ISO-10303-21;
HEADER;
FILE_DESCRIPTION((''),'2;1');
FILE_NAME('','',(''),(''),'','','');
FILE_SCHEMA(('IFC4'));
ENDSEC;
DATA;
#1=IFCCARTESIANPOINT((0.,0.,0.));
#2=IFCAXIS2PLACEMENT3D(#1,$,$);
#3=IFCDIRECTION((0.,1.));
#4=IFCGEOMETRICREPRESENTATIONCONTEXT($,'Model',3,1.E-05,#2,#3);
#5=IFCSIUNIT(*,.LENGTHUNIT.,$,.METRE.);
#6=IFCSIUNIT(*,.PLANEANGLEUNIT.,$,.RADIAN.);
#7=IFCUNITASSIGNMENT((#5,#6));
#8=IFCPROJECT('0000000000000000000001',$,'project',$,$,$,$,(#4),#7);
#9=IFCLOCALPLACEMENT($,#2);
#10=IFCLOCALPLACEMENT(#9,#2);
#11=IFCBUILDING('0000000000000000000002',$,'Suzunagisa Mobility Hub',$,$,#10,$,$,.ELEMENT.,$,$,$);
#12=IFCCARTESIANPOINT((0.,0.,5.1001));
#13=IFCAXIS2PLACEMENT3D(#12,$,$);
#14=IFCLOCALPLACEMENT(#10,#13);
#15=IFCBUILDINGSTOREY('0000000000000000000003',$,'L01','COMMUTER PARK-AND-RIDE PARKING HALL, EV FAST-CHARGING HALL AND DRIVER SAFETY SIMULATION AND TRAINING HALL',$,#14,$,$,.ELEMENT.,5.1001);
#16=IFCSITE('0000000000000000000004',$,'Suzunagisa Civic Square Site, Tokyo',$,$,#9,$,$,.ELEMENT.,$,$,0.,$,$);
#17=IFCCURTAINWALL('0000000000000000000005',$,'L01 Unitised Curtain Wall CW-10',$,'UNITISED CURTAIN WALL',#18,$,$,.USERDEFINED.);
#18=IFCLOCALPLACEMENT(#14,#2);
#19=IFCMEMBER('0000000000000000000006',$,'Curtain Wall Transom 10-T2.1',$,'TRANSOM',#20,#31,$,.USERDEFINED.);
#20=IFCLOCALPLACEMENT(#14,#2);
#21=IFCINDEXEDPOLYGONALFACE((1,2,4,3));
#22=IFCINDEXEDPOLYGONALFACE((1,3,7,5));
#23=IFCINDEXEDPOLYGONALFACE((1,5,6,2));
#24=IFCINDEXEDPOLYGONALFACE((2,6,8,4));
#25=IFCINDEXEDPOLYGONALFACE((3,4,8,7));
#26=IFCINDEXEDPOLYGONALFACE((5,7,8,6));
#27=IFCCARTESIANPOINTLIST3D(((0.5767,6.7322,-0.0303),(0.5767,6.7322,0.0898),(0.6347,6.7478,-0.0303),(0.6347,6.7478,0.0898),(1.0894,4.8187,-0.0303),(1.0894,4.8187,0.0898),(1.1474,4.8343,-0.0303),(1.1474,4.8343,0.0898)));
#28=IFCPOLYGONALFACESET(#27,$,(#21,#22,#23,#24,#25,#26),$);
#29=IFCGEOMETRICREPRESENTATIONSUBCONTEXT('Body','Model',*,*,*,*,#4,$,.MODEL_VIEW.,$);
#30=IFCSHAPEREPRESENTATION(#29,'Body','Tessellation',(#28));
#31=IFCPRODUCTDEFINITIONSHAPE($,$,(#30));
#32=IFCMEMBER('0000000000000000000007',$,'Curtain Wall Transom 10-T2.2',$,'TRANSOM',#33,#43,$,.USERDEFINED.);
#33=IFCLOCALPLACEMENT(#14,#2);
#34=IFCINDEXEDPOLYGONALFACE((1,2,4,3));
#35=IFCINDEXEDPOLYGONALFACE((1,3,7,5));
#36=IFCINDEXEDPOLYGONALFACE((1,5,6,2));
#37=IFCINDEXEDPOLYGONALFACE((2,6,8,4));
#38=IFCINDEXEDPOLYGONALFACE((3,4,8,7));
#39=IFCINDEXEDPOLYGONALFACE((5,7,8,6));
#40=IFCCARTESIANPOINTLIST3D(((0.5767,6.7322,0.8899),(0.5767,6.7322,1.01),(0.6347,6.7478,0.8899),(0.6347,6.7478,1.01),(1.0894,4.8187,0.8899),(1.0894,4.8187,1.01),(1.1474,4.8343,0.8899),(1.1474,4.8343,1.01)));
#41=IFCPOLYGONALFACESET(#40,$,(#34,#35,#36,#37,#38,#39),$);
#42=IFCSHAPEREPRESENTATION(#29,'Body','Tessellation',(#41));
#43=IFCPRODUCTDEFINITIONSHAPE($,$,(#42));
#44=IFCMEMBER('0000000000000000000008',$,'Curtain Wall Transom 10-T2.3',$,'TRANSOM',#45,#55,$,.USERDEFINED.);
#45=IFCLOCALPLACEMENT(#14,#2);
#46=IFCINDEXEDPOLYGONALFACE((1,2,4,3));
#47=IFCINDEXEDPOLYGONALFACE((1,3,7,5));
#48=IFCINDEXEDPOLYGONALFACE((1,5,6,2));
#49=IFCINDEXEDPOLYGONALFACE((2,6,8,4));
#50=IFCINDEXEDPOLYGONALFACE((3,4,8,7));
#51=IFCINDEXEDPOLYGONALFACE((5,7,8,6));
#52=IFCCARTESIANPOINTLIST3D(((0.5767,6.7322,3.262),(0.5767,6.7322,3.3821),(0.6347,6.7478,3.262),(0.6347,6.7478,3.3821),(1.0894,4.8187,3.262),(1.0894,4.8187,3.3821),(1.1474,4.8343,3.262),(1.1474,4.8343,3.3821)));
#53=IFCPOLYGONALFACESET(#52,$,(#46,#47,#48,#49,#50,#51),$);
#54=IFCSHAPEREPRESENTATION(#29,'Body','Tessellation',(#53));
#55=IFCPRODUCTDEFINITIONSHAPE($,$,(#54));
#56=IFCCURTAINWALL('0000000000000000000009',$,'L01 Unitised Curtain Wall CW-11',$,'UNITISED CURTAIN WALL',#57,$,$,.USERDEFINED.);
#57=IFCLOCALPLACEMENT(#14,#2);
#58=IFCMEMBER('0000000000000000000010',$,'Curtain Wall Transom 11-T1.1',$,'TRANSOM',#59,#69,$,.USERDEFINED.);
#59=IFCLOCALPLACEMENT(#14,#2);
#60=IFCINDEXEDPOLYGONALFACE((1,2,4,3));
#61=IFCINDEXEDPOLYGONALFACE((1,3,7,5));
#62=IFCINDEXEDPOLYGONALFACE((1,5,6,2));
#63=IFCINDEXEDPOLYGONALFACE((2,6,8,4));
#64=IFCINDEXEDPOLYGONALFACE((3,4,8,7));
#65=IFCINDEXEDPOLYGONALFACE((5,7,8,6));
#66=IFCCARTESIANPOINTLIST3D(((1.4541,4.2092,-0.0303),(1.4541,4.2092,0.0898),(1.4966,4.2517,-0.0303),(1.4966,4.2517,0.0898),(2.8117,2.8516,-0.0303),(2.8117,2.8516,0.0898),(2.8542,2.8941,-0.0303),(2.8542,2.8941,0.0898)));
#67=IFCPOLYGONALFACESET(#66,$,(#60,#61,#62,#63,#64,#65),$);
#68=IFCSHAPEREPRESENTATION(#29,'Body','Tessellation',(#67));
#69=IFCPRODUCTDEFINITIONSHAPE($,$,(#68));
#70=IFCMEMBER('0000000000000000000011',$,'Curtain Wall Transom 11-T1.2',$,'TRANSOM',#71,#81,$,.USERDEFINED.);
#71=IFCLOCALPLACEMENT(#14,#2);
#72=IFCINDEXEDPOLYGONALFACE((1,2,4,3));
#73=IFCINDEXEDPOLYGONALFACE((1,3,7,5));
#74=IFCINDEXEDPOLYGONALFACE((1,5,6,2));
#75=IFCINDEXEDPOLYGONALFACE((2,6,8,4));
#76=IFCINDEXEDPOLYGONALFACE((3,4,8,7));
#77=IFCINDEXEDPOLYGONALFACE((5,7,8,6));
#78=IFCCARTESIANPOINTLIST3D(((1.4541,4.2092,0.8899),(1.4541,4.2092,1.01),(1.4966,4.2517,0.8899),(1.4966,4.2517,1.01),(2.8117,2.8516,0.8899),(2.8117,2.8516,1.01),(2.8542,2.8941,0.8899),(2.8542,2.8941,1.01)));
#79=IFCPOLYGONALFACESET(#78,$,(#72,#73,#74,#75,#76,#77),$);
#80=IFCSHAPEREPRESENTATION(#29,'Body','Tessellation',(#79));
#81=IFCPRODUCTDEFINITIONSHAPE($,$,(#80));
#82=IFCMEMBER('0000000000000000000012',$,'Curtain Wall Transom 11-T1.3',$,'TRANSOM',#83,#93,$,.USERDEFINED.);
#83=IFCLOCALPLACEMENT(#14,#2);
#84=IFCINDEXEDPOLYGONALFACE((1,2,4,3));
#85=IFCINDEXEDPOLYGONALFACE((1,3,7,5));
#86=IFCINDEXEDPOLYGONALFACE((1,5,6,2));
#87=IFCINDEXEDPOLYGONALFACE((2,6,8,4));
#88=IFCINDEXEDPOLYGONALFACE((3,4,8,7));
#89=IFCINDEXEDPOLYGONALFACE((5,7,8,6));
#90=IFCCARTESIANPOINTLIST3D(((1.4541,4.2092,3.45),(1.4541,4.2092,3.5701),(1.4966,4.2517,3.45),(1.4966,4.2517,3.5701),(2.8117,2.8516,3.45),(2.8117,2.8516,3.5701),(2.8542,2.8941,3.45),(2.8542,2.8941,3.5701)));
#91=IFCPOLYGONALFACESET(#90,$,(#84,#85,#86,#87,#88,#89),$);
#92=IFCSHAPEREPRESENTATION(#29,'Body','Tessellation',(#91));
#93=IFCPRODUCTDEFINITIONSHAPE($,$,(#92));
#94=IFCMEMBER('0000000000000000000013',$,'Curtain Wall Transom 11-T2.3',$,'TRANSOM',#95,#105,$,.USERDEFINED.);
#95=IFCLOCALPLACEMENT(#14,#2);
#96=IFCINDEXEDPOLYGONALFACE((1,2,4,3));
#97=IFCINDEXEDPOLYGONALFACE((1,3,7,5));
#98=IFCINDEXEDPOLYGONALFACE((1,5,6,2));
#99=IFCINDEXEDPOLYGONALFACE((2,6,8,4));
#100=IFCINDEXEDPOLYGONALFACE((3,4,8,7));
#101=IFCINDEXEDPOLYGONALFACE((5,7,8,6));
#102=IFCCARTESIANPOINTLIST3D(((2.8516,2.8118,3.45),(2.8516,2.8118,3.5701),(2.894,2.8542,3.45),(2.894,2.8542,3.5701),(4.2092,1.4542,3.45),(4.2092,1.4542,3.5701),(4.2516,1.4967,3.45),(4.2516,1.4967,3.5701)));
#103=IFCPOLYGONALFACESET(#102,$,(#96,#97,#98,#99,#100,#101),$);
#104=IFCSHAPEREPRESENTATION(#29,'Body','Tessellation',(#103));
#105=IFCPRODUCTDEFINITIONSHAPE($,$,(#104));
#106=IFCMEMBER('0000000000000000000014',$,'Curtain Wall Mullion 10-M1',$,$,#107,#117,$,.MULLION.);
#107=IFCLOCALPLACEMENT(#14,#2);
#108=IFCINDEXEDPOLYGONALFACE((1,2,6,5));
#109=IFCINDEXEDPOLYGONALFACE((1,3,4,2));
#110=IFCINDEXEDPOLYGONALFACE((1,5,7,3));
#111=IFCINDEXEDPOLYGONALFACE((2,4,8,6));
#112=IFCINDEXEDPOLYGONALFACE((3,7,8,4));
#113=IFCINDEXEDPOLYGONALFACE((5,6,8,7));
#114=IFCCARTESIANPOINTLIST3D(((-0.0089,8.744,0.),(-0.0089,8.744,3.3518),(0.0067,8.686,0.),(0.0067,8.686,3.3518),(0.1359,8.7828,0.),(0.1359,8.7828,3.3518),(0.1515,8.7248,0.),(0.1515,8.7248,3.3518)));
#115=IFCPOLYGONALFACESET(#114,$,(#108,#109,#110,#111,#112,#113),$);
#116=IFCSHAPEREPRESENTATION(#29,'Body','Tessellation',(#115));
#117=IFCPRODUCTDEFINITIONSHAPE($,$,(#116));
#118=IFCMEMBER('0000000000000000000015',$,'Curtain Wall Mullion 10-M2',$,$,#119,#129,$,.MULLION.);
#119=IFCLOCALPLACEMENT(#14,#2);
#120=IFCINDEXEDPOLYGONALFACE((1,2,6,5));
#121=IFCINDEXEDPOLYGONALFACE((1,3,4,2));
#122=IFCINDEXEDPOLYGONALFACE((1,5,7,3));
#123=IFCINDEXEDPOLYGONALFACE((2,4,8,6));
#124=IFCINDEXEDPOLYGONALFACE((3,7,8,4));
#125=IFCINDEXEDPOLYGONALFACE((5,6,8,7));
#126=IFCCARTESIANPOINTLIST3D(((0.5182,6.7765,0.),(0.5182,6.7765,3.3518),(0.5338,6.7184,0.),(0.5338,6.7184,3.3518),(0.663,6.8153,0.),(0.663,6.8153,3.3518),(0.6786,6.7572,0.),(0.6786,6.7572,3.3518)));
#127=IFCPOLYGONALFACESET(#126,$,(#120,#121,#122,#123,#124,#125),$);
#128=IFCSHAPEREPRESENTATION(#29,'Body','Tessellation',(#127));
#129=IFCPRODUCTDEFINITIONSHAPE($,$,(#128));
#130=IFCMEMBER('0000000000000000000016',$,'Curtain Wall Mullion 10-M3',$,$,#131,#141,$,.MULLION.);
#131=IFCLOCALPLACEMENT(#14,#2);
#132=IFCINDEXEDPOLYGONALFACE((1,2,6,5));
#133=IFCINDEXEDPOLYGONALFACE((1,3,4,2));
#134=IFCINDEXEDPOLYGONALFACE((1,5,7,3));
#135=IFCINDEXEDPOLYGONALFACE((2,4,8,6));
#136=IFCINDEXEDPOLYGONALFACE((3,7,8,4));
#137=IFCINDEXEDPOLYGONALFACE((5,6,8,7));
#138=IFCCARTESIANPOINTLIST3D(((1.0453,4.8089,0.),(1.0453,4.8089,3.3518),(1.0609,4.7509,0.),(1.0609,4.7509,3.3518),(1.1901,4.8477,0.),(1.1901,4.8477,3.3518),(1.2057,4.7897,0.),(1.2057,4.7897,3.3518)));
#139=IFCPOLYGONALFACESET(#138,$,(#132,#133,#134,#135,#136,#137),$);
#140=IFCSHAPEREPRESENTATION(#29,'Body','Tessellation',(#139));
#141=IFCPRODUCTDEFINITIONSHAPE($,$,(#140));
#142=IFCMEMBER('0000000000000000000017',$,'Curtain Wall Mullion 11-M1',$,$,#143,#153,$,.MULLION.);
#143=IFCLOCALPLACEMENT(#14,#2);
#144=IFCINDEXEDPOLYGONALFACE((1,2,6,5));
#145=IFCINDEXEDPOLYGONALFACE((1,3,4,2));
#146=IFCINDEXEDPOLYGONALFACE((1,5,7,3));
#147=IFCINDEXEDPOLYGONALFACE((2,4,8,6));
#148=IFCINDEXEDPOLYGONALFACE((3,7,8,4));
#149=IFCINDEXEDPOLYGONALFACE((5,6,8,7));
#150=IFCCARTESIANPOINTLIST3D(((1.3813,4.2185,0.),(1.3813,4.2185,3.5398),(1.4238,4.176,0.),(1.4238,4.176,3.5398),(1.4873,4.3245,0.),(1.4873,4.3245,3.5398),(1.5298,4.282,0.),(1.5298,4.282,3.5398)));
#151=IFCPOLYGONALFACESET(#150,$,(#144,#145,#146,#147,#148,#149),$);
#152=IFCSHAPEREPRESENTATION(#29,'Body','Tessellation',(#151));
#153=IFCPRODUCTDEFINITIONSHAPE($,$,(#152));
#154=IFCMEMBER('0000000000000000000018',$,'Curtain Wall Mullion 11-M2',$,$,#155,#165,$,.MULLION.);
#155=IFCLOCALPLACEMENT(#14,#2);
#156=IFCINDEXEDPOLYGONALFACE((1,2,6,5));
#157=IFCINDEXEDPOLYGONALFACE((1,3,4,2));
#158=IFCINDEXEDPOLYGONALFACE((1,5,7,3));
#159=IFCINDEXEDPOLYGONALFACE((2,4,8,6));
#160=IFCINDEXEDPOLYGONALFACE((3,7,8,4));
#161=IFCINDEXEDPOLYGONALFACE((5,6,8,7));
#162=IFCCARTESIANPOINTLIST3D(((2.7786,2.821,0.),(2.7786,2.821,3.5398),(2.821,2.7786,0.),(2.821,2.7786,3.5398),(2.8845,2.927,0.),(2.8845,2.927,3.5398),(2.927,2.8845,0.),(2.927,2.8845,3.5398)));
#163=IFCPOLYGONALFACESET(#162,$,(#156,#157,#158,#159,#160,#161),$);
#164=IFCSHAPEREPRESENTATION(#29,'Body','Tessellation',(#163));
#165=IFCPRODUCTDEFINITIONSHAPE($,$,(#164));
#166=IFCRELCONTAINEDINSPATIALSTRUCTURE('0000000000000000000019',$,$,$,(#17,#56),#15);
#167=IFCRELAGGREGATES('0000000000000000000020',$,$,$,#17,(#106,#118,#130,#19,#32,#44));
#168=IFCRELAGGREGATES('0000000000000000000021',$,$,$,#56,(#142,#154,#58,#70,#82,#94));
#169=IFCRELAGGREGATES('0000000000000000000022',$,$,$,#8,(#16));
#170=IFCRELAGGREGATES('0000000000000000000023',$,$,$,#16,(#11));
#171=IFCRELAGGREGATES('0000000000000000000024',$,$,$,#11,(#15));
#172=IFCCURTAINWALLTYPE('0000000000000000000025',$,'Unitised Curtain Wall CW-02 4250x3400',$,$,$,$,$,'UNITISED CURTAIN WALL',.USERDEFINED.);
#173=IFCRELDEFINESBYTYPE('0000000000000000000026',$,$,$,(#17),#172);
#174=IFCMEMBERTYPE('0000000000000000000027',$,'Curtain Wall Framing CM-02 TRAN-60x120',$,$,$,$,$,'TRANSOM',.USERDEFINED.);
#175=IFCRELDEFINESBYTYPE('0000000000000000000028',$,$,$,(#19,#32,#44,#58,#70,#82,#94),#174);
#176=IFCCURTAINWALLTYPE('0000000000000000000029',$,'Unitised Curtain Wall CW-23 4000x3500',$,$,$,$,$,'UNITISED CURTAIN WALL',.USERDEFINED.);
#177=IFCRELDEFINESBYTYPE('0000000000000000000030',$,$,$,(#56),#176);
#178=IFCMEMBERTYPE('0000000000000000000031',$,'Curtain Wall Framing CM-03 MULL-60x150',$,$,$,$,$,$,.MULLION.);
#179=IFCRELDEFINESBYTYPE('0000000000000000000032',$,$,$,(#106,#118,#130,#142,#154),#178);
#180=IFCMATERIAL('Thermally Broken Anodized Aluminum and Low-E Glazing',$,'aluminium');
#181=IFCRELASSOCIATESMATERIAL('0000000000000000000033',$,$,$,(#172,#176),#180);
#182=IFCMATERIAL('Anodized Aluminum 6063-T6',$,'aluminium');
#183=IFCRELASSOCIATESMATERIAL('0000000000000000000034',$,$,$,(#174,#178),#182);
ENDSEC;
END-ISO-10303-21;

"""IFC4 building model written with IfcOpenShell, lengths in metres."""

from ifc_helpers import new_model, si_unit, direction, frame, origin, origin_2d, place, context, subcontext, project, spatial, rectangle, extrude, material, material_profile, profile_set, type_object, element, aggregate, save


model = new_model("IFC4")

# Units and contexts
model_context = context("Model", 3, precision=1e-05, world=origin(), true_north=direction((0.0, 1.0)))
body_context = subcontext(model_context, "Body", "Model", "MODEL_VIEW")
ifc_project = project(units=[si_unit("LENGTHUNIT", "METRE"), si_unit("PLANEANGLEUNIT", "RADIAN")], contexts=[model_context])

# Site, building, storey
site_placement = place(None, origin())
site = spatial("IfcSite", under=ifc_project, at=site_placement, Name="Suzunagisa Civic Square Site, Tokyo", CompositionType="ELEMENT", RefElevation=0.0)
building_placement = place(site_placement, origin())
building = spatial("IfcBuilding", under=site, at=building_placement, Name="Suzunagisa Mobility Hub", CompositionType="ELEMENT")
storey_placement = place(building_placement, frame((0.0, 0.0, 5.1001)))
storey = spatial("IfcBuildingStorey", under=building, at=storey_placement, Name="L01", Description="COMMUTER PARK-AND-RIDE PARKING HALL, EV FAST-CHARGING HALL AND DRIVER SAFETY SIMULATION AND TRAINING HALL", CompositionType="ELEMENT", Elevation=5.1001)

# Curtain walls, members
ifc_material_1 = material(Name="Thermally Broken Anodized Aluminum and Low-E Glazing", Category="aluminium")
curtain_wall_type_1 = type_object("IfcCurtainWallType", Name="Unitised Curtain Wall CW-02 4250x3400", ElementType="UNITISED CURTAIN WALL", PredefinedType="USERDEFINED", material=ifc_material_1)
curtain_wall_1_placement = place(storey_placement, origin())
curtain_wall_1 = element("IfcCurtainWall", 1, at=curtain_wall_1_placement, inside=storey, type_object=curtain_wall_type_1, Name="L01 Unitised Curtain Wall CW-10", ObjectType="UNITISED CURTAIN WALL", PredefinedType="USERDEFINED")
ifc_material_2 = material(Name="Anodized Aluminum 6063-T6", Category="aluminium")
ifc_material_profile_1 = material_profile(ifc_material_2, rectangle(XDim=0.0601, YDim=0.1201, at=origin_2d()), Name="TRAN-60x120")
ifc_profile_set_1 = profile_set([ifc_material_profile_1], Name="Anodized Aluminum 6063-T6")
member_type_1 = type_object("IfcMemberType", Name="Curtain Wall Framing CM-02 TRAN-60x120", ElementType="TRANSOM", PredefinedType="USERDEFINED", material=ifc_profile_set_1)
member_1_placement = place(storey_placement, frame((0.6057, 6.74, 0.0298), z_axis=(0.258798, -0.965932, 0.0), x_axis=(0.965932, 0.258798, 0.0)))
member_1 = element("IfcMember", 2, at=member_1_placement, type_object=member_type_1, Name="Curtain Wall Transom 10-T2.1", ObjectType="TRANSOM", PredefinedType="USERDEFINED", context=body_context, shape_type="SweptSolid", body=[
    extrude(rectangle(XDim=0.0601, YDim=0.1201, at=origin_2d()), origin(), (0.0, 0.0, 1.0), 1.981),
])
member_2_placement = place(storey_placement, frame((0.6057, 6.74, 0.95), z_axis=(0.258798, -0.965932, 0.0), x_axis=(0.965932, 0.258798, 0.0)))
member_2 = element("IfcMember", 3, at=member_2_placement, type_object=member_type_1, Name="Curtain Wall Transom 10-T2.2", ObjectType="TRANSOM", PredefinedType="USERDEFINED", context=body_context, shape_type="SweptSolid", body=[
    extrude(rectangle(XDim=0.0601, YDim=0.1201, at=origin_2d()), origin(), (0.0, 0.0, 1.0), 1.981),
])
member_3_placement = place(storey_placement, frame((0.6057, 6.74, 3.322), z_axis=(0.258798, -0.965932, 0.0), x_axis=(0.965932, 0.258798, 0.0)))
member_3 = element("IfcMember", 4, at=member_3_placement, type_object=member_type_1, Name="Curtain Wall Transom 10-T2.3", ObjectType="TRANSOM", PredefinedType="USERDEFINED", context=body_context, shape_type="SweptSolid", body=[
    extrude(rectangle(XDim=0.0601, YDim=0.1201, at=origin_2d()), origin(), (0.0, 0.0, 1.0), 1.981),
])
curtain_wall_type_2 = type_object("IfcCurtainWallType", Name="Unitised Curtain Wall CW-23 4000x3500", ElementType="UNITISED CURTAIN WALL", PredefinedType="USERDEFINED", material=ifc_material_1)
curtain_wall_2_placement = place(storey_placement, origin())
curtain_wall_2 = element("IfcCurtainWall", 5, at=curtain_wall_2_placement, inside=storey, type_object=curtain_wall_type_2, Name="L01 Unitised Curtain Wall CW-11", ObjectType="UNITISED CURTAIN WALL", PredefinedType="USERDEFINED")
member_4_placement = place(storey_placement, frame((1.4753, 4.2305, 0.0298), z_axis=(0.707107, -0.707107, 0.0), x_axis=(0.707107, 0.707107, 0.0)))
member_4 = element("IfcMember", 6, at=member_4_placement, type_object=member_type_1, Name="Curtain Wall Transom 11-T1.1", ObjectType="TRANSOM", PredefinedType="USERDEFINED", context=body_context, shape_type="SweptSolid", body=[
    extrude(rectangle(XDim=0.0601, YDim=0.1201, at=origin_2d()), origin(), (0.0, 0.0, 1.0), 1.9199),
])
member_5_placement = place(storey_placement, frame((1.4753, 4.2305, 0.95), z_axis=(0.707107, -0.707107, 0.0), x_axis=(0.707107, 0.707107, 0.0)))
member_5 = element("IfcMember", 7, at=member_5_placement, type_object=member_type_1, Name="Curtain Wall Transom 11-T1.2", ObjectType="TRANSOM", PredefinedType="USERDEFINED", context=body_context, shape_type="SweptSolid", body=[
    extrude(rectangle(XDim=0.0601, YDim=0.1201, at=origin_2d()), origin(), (0.0, 0.0, 1.0), 1.9199),
])
member_6_placement = place(storey_placement, frame((1.4753, 4.2305, 3.51), z_axis=(0.707107, -0.707107, 0.0), x_axis=(0.707107, 0.707107, 0.0)))
member_6 = element("IfcMember", 8, at=member_6_placement, type_object=member_type_1, Name="Curtain Wall Transom 11-T1.3", ObjectType="TRANSOM", PredefinedType="USERDEFINED", context=body_context, shape_type="SweptSolid", body=[
    extrude(rectangle(XDim=0.0601, YDim=0.1201, at=origin_2d()), origin(), (0.0, 0.0, 1.0), 1.9199),
])
member_7_placement = place(storey_placement, frame((2.8728, 2.833, 3.51), z_axis=(0.707107, -0.707107, 0.0), x_axis=(0.707107, 0.707107, 0.0)))
member_7 = element("IfcMember", 9, at=member_7_placement, type_object=member_type_1, Name="Curtain Wall Transom 11-T2.3", ObjectType="TRANSOM", PredefinedType="USERDEFINED", context=body_context, shape_type="SweptSolid", body=[
    extrude(rectangle(XDim=0.0601, YDim=0.1201, at=origin_2d()), origin(), (0.0, 0.0, 1.0), 1.9199),
])

# Members
ifc_material_profile_2 = material_profile(ifc_material_2, rectangle(XDim=0.0601, YDim=0.1499, at=origin_2d()), Name="MULL-60x150")
ifc_profile_set_2 = profile_set([ifc_material_profile_2], Name="Anodized Aluminum 6063-T6")
member_type_2 = type_object("IfcMemberType", Name="Curtain Wall Framing CM-03 MULL-60x150", PredefinedType="MULLION", material=ifc_profile_set_2)
member_8_placement = place(storey_placement, frame((0.0713, 8.7344, 0.0), z_axis=(0.0, 0.0, 1.0), x_axis=(0.258814, -0.965927, 0.0)))
member_8 = element("IfcMember", 10, at=member_8_placement, type_object=member_type_2, Name="Curtain Wall Mullion 10-M1", PredefinedType="MULLION", context=body_context, shape_type="SweptSolid", body=[
    extrude(rectangle(XDim=0.0601, YDim=0.1499, at=origin_2d()), origin(), (0.0, 0.0, 1.0), 3.3518),
])
member_9_placement = place(storey_placement, frame((0.5984, 6.7668, 0.0), z_axis=(0.0, 0.0, 1.0), x_axis=(0.258814, -0.965927, 0.0)))
member_9 = element("IfcMember", 11, at=member_9_placement, type_object=member_type_2, Name="Curtain Wall Mullion 10-M2", PredefinedType="MULLION", context=body_context, shape_type="SweptSolid", body=[
    extrude(rectangle(XDim=0.0601, YDim=0.1499, at=origin_2d()), origin(), (0.0, 0.0, 1.0), 3.3518),
])
member_10_placement = place(storey_placement, frame((1.1255, 4.7993, 0.0), z_axis=(0.0, 0.0, 1.0), x_axis=(0.258814, -0.965927, 0.0)))
member_10 = element("IfcMember", 12, at=member_10_placement, type_object=member_type_2, Name="Curtain Wall Mullion 10-M3", PredefinedType="MULLION", context=body_context, shape_type="SweptSolid", body=[
    extrude(rectangle(XDim=0.0601, YDim=0.1499, at=origin_2d()), origin(), (0.0, 0.0, 1.0), 3.3518),
])
member_11_placement = place(storey_placement, frame((1.4556, 4.2502, 0.0), z_axis=(0.0, 0.0, 1.0), x_axis=(0.707107, -0.707107, 0.0)))
member_11 = element("IfcMember", 13, at=member_11_placement, type_object=member_type_2, Name="Curtain Wall Mullion 11-M1", PredefinedType="MULLION", context=body_context, shape_type="SweptSolid", body=[
    extrude(rectangle(XDim=0.0601, YDim=0.1499, at=origin_2d()), origin(), (0.0, 0.0, 1.0), 3.5398),
])
member_12_placement = place(storey_placement, frame((2.8528, 2.8528, 0.0), z_axis=(0.0, 0.0, 1.0), x_axis=(0.707107, -0.707107, 0.0)))
member_12 = element("IfcMember", 14, at=member_12_placement, type_object=member_type_2, Name="Curtain Wall Mullion 11-M2", PredefinedType="MULLION", context=body_context, shape_type="SweptSolid", body=[
    extrude(rectangle(XDim=0.0601, YDim=0.1499, at=origin_2d()), origin(), (0.0, 0.0, 1.0), 3.5398),
])

aggregate(curtain_wall_1, [member_8, member_9, member_10, member_1, member_2, member_3])
aggregate(curtain_wall_2, [member_11, member_12, member_4, member_5, member_6, member_7])

save(model, "model.ifc")
